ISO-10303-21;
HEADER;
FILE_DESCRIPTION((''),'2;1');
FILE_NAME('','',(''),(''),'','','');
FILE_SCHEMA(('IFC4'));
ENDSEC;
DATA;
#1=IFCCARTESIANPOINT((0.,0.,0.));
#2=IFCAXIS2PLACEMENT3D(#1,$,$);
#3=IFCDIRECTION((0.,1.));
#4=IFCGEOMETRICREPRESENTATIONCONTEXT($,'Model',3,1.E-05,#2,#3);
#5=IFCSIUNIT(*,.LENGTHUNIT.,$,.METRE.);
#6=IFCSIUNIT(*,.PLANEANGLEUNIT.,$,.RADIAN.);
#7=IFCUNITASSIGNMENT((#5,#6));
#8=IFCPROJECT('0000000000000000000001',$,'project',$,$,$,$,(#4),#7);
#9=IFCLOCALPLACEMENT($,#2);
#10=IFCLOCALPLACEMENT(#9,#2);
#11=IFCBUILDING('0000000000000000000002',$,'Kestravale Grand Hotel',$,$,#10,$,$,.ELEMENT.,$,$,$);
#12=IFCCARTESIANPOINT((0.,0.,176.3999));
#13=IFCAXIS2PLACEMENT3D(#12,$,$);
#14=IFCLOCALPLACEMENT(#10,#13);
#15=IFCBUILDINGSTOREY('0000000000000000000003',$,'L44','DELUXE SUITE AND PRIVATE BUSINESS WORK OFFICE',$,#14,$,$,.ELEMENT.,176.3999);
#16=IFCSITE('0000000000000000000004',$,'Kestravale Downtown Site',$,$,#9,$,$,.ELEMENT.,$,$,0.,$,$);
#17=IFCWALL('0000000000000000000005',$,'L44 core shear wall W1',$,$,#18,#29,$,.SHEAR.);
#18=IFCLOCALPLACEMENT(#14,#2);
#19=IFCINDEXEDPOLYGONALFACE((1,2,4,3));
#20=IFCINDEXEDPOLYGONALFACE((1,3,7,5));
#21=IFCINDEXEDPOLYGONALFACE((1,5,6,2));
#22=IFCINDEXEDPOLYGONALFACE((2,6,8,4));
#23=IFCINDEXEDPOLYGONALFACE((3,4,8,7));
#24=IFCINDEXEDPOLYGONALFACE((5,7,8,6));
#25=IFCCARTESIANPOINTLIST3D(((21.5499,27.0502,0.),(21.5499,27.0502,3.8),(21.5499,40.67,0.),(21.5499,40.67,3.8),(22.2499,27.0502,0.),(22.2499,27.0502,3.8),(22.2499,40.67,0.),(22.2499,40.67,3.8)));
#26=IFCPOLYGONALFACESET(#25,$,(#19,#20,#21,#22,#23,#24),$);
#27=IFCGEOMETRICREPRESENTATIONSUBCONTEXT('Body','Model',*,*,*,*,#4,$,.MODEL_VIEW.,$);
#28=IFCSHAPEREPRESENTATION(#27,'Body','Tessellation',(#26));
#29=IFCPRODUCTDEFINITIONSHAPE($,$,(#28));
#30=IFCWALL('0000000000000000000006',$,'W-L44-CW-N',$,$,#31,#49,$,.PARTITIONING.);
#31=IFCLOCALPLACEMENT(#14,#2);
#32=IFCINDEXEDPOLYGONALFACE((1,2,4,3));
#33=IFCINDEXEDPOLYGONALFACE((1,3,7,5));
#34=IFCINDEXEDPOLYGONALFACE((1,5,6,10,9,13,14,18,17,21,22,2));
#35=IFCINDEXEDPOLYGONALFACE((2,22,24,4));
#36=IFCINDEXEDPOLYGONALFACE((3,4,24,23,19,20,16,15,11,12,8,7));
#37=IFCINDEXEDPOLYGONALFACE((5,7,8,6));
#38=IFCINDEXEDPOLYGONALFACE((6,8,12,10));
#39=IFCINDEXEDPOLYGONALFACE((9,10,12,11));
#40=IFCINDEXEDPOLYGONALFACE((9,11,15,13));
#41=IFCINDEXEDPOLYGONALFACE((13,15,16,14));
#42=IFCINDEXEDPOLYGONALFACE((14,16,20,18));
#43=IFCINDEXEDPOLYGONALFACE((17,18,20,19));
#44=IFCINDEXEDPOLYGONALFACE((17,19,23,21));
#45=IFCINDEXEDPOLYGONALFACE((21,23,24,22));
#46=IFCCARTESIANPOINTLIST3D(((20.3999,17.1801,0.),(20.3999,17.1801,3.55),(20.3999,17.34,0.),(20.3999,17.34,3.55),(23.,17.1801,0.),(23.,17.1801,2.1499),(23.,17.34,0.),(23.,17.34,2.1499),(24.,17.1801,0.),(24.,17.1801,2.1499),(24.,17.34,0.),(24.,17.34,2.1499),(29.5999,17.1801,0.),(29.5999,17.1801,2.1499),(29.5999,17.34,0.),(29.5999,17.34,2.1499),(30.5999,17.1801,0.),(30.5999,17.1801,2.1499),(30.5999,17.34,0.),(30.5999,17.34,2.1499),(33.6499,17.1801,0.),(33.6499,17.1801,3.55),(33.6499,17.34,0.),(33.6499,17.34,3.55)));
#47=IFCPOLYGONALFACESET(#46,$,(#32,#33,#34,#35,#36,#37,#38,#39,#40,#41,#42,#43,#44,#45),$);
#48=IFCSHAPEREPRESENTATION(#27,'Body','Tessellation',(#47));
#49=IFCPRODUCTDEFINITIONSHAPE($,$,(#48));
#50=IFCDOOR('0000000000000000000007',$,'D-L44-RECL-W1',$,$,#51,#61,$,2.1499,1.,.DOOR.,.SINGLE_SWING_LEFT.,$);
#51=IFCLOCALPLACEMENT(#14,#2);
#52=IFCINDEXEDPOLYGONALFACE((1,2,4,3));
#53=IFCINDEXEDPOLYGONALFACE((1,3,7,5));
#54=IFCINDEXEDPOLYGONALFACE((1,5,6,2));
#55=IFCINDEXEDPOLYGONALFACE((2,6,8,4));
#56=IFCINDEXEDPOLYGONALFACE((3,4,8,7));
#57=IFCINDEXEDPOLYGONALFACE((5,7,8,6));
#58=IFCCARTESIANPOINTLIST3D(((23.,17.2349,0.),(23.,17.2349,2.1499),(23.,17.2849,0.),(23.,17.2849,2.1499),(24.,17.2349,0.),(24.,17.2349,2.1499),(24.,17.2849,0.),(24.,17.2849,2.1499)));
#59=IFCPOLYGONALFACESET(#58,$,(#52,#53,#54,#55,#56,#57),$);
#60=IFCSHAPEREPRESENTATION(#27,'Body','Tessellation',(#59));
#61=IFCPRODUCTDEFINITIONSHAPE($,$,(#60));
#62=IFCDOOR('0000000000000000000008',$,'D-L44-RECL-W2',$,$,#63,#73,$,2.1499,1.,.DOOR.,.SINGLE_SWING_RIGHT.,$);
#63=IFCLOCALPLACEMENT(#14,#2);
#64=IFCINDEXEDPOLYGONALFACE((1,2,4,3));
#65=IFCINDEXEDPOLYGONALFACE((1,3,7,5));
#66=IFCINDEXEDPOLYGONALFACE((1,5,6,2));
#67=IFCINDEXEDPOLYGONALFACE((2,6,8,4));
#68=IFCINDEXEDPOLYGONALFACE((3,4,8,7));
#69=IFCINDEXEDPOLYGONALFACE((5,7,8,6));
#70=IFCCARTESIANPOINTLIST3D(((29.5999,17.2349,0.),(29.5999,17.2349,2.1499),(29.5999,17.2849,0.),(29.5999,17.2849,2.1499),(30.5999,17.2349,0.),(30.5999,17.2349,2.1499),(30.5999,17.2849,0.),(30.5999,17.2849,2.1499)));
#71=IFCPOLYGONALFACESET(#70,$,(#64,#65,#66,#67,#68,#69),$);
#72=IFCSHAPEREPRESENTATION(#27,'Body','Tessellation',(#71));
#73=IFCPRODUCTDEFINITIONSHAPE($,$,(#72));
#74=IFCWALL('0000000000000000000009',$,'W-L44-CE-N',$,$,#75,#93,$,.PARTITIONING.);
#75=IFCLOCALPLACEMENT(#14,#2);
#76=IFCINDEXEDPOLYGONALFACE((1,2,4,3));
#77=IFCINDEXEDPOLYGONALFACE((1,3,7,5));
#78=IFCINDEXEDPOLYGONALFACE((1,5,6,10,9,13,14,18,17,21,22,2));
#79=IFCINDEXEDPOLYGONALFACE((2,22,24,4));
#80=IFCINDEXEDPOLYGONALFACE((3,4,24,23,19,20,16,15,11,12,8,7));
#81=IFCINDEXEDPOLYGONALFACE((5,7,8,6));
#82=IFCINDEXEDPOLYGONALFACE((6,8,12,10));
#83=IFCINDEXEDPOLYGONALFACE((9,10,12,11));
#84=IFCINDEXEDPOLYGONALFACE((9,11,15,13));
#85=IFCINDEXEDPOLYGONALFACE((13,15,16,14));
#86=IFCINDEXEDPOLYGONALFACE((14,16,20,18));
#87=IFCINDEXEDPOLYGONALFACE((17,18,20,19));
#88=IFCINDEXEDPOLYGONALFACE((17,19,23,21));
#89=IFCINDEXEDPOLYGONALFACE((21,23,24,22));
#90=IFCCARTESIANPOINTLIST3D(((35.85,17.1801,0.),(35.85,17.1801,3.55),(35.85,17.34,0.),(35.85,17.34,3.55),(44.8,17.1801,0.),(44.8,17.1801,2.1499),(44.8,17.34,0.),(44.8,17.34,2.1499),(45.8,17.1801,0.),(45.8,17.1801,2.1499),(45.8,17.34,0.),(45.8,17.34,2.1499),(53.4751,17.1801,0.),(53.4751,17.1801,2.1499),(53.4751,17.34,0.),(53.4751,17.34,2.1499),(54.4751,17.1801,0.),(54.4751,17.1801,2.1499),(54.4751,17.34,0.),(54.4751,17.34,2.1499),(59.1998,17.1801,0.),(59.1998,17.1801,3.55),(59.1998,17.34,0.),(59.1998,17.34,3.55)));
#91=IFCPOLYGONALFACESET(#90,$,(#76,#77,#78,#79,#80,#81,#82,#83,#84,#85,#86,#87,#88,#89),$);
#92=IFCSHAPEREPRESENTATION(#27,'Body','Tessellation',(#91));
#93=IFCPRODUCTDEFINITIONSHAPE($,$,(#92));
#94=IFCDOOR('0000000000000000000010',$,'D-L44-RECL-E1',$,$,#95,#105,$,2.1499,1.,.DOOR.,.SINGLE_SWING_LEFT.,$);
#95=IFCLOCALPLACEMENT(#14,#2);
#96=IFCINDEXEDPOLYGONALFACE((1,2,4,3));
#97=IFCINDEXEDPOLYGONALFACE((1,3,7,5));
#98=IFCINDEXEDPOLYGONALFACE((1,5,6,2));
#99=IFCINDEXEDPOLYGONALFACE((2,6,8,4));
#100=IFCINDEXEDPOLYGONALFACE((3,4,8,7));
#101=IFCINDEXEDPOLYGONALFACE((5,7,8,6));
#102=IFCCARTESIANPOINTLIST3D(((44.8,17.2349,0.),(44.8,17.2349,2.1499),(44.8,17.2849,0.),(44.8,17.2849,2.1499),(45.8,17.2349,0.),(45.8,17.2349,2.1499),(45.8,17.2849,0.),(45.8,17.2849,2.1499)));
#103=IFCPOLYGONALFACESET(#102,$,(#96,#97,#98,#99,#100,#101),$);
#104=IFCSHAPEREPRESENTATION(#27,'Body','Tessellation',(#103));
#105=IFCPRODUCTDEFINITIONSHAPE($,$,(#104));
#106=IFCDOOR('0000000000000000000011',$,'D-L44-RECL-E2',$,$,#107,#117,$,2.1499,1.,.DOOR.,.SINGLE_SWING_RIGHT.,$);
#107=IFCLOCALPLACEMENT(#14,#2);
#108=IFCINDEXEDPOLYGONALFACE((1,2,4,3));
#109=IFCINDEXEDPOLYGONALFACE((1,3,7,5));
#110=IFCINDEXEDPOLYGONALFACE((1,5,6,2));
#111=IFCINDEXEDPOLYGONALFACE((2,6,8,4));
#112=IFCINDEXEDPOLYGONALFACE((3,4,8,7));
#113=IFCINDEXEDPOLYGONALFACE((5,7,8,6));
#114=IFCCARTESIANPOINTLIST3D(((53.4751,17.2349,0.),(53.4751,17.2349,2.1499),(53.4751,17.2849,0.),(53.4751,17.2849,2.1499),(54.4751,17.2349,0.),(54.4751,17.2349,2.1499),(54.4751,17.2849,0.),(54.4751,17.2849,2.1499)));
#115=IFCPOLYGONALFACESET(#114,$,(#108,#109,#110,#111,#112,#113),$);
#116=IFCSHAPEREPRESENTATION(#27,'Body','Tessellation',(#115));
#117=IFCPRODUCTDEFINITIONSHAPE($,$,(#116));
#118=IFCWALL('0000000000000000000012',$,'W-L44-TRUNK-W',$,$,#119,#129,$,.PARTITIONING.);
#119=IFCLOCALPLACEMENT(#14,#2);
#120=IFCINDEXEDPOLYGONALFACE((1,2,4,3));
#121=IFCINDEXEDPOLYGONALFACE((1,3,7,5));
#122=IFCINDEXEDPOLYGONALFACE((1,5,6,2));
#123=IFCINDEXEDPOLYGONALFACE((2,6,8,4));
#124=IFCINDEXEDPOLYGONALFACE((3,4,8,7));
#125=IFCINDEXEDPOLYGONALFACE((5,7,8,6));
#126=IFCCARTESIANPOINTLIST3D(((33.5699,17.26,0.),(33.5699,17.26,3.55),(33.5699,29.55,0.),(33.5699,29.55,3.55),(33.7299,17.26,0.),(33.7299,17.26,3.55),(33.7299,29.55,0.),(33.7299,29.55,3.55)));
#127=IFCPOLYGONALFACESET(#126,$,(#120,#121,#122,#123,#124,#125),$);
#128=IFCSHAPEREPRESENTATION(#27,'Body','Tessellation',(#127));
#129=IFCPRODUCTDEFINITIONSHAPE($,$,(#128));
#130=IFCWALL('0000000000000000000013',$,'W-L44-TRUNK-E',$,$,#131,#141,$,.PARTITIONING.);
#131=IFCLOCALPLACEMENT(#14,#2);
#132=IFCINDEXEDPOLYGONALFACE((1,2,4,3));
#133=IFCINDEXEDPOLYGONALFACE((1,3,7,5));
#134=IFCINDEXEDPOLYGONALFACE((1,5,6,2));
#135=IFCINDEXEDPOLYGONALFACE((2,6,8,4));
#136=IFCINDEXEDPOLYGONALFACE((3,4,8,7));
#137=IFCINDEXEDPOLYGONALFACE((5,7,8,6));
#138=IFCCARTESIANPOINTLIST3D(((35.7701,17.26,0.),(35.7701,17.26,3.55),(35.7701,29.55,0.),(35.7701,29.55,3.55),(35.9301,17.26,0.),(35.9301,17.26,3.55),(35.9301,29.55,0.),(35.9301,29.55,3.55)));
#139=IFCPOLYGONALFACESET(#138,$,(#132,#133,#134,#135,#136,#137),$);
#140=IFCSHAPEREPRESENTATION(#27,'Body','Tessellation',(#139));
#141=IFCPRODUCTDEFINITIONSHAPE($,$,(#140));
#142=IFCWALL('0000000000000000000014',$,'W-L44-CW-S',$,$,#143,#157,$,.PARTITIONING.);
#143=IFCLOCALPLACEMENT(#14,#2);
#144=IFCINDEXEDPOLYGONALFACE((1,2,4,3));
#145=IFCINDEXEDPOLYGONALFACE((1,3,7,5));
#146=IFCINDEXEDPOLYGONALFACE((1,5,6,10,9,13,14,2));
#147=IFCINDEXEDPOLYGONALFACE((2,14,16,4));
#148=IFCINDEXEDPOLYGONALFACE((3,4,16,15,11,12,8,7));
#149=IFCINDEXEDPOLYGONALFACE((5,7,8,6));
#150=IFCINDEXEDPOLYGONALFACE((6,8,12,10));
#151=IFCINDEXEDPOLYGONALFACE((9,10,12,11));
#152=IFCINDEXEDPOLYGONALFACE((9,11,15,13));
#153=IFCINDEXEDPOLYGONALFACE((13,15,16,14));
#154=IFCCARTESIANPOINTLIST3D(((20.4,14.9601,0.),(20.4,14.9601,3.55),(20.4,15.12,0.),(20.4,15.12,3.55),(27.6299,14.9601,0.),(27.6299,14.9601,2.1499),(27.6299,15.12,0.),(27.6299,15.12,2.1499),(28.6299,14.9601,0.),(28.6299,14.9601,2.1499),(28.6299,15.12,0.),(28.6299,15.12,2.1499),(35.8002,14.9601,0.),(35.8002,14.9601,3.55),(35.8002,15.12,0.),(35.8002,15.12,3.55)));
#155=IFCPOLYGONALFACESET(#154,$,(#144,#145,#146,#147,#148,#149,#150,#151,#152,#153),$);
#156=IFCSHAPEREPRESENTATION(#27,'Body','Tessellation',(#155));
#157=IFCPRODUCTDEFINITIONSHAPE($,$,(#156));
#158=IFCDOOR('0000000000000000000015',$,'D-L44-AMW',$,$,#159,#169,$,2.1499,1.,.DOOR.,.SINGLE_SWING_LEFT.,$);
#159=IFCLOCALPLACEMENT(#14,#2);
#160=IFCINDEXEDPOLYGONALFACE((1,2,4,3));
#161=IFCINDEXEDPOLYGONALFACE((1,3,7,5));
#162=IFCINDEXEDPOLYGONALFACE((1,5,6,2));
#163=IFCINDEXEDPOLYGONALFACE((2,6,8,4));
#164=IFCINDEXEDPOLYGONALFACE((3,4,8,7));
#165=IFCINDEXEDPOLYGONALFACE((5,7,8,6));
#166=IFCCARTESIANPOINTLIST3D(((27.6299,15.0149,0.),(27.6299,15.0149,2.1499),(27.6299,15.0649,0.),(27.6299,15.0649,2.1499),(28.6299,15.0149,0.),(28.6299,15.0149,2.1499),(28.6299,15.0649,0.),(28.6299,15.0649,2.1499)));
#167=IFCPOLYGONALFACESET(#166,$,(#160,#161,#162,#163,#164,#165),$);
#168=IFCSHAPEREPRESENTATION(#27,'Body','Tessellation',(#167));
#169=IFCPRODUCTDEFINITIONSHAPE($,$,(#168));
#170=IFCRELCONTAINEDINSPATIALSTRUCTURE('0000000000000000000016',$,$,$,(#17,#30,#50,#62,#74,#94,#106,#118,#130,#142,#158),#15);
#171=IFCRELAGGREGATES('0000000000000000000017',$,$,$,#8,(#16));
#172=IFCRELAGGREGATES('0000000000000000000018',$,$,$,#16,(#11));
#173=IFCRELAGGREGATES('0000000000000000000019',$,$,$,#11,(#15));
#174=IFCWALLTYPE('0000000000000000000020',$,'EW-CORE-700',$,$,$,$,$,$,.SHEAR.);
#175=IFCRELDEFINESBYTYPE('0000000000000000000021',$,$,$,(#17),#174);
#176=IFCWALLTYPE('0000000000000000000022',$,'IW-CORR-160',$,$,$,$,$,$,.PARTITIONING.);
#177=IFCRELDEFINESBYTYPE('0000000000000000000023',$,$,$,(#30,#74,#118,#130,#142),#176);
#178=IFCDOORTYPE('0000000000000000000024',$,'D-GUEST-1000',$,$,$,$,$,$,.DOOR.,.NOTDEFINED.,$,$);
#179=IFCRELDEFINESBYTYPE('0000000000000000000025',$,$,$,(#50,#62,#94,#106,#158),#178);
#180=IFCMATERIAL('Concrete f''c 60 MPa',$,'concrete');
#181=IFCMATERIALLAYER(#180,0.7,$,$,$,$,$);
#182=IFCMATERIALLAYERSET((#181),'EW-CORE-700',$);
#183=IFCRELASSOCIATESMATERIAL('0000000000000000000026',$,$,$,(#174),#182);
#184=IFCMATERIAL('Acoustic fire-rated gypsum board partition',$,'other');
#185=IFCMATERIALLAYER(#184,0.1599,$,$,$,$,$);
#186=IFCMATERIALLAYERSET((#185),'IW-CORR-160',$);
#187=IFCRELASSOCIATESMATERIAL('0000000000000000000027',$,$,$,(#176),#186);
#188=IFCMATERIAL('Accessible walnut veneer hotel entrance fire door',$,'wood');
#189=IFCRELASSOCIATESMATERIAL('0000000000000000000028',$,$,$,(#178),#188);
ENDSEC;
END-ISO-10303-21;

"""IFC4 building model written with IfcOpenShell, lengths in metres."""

from ifc_helpers import new_model, si_unit, direction, frame, frame_2d, origin, place, context, subcontext, project, spatial, rectangle, extrude, material, layer, layer_set, type_object, element, fill, save


model = new_model("IFC4")

# Units and contexts
model_context = context("Model", 3, precision=1e-05, world=origin(), true_north=direction((0.0, 1.0)))
body_context = subcontext(model_context, "Body", "Model", "MODEL_VIEW")
ifc_project = project(units=[si_unit("LENGTHUNIT", "METRE"), si_unit("PLANEANGLEUNIT", "RADIAN")], contexts=[model_context])

# Site, building, storey
site_placement = place(None, origin())
site = spatial("IfcSite", under=ifc_project, at=site_placement, Name="Kestravale Downtown Site", CompositionType="ELEMENT", RefElevation=0.0)
building_placement = place(site_placement, origin())
building = spatial("IfcBuilding", under=site, at=building_placement, Name="Kestravale Grand Hotel", CompositionType="ELEMENT")
storey_placement = place(building_placement, frame((0.0, 0.0, 176.3999)))
storey = spatial("IfcBuildingStorey", under=building, at=storey_placement, Name="L44", Description="DELUXE SUITE AND PRIVATE BUSINESS WORK OFFICE", CompositionType="ELEMENT", Elevation=176.3999)

# Wall
ifc_material_1 = material(Name="Concrete f'c 60 MPa", Category="concrete")
ifc_layer_1 = layer(ifc_material_1, 0.7)
ifc_layer_set_1 = layer_set([ifc_layer_1], Name="EW-CORE-700")
wall_type_1 = type_object("IfcWallType", Name="EW-CORE-700", PredefinedType="SHEAR", material=ifc_layer_set_1)
wall_1_placement = place(storey_placement, frame((21.8999, 27.05, 0.0), z_axis=(0.0, 0.0, 1.0), x_axis=(0.0, 1.0, 0.0)))
element("IfcWall", 1, at=wall_1_placement, inside=storey, type_object=wall_type_1, Name="L44 core shear wall W1", PredefinedType="SHEAR", context=body_context, shape_type="SweptSolid", body=[
    extrude(rectangle(XDim=13.6199, YDim=0.7, at=frame_2d((6.8101, 0.0))), origin(), (0.0, 0.0, 1.0), 3.8),
])

# Walls, openings, doors
ifc_material_2 = material(Name="Acoustic fire-rated gypsum board partition", Category="other")
ifc_layer_2 = layer(ifc_material_2, 0.1599)
ifc_layer_set_2 = layer_set([ifc_layer_2], Name="IW-CORR-160")
wall_type_2 = type_object("IfcWallType", Name="IW-CORR-160", PredefinedType="PARTITIONING", material=ifc_layer_set_2)
wall_2_placement = place(storey_placement, frame((20.3999, 17.26, 0.0), z_axis=(0.0, 0.0, 1.0), x_axis=(1.0, 0.0, 0.0)))
wall_2 = element("IfcWall", 2, at=wall_2_placement, inside=storey, type_object=wall_type_2, Name="W-L44-CW-N", PredefinedType="PARTITIONING", context=body_context, shape_type="SweptSolid", body=[
    extrude(rectangle(XDim=13.25, YDim=0.1599, at=frame_2d((6.625, 0.0))), origin(), (0.0, 0.0, 1.0), 3.55),
])
opening_1_placement = place(wall_2_placement, frame((2.6001, 0.0, 0.0)))
opening_1 = element("IfcOpeningElement", 3, at=opening_1_placement, cuts=wall_2, PredefinedType="OPENING", context=body_context, shape_type="SweptSolid", body=[
    extrude(rectangle(XDim=1.0, YDim=2.1499, at=frame_2d((0.5, 1.075))), frame((0.0, 0.0898, 0.0), z_axis=(0.0, -1.0, 0.0), x_axis=(1.0, 0.0, 0.0)), (0.0, 0.0, 1.0), 0.1799),
])
opening_2_placement = place(wall_2_placement, frame((9.2, 0.0, 0.0)))
opening_2 = element("IfcOpeningElement", 4, at=opening_2_placement, cuts=wall_2, PredefinedType="OPENING", context=body_context, shape_type="SweptSolid", body=[
    extrude(rectangle(XDim=1.0, YDim=2.1499, at=frame_2d((0.5, 1.075))), frame((0.0, 0.0898, 0.0), z_axis=(0.0, -1.0, 0.0), x_axis=(1.0, 0.0, 0.0)), (0.0, 0.0, 1.0), 0.1799),
])
ifc_material_3 = material(Name="Accessible walnut veneer hotel entrance fire door", Category="wood")
door_type_1 = type_object("IfcDoorType", Name="D-GUEST-1000", OperationType="NOTDEFINED", PredefinedType="DOOR", material=ifc_material_3)
door_1_placement = place(opening_1_placement, origin())
door_1 = element("IfcDoor", 5, at=door_1_placement, inside=storey, type_object=door_type_1, Name="D-L44-RECL-W1", OperationType="SINGLE_SWING_LEFT", OverallHeight=2.1499, OverallWidth=1.0, PredefinedType="DOOR", context=body_context, shape_type="SweptSolid", body=[
    extrude(rectangle(XDim=1.0, YDim=2.1499, at=frame_2d((0.5, 1.075))), frame((0.0, 0.0249, 0.0), z_axis=(0.0, -1.0, 0.0), x_axis=(1.0, 0.0, 0.0)), (0.0, 0.0, 1.0), 0.05),
])
fill(opening_1, door_1)
door_2_placement = place(opening_2_placement, origin())
door_2 = element("IfcDoor", 6, at=door_2_placement, inside=storey, type_object=door_type_1, Name="D-L44-RECL-W2", OperationType="SINGLE_SWING_RIGHT", OverallHeight=2.1499, OverallWidth=1.0, PredefinedType="DOOR", context=body_context, shape_type="SweptSolid", body=[
    extrude(rectangle(XDim=1.0, YDim=2.1499, at=frame_2d((0.5, 1.075))), frame((0.0, 0.0249, 0.0), z_axis=(0.0, -1.0, 0.0), x_axis=(1.0, 0.0, 0.0)), (0.0, 0.0, 1.0), 0.05),
])
fill(opening_2, door_2)
wall_3_placement = place(storey_placement, frame((35.8501, 17.26, 0.0), z_axis=(0.0, 0.0, 1.0), x_axis=(1.0, 0.0, 0.0)))
wall_3 = element("IfcWall", 7, at=wall_3_placement, inside=storey, type_object=wall_type_2, Name="W-L44-CE-N", PredefinedType="PARTITIONING", context=body_context, shape_type="SweptSolid", body=[
    extrude(rectangle(XDim=23.3499, YDim=0.1599, at=frame_2d((11.6748, 0.0))), origin(), (0.0, 0.0, 1.0), 3.55),
])
opening_3_placement = place(wall_3_placement, frame((8.95, 0.0, 0.0)))
opening_3 = element("IfcOpeningElement", 8, at=opening_3_placement, cuts=wall_3, PredefinedType="OPENING", context=body_context, shape_type="SweptSolid", body=[
    extrude(rectangle(XDim=1.0, YDim=2.1499, at=frame_2d((0.5, 1.075))), frame((0.0, 0.0898, 0.0), z_axis=(0.0, -1.0, 0.0), x_axis=(1.0, 0.0, 0.0)), (0.0, 0.0, 1.0), 0.1799),
])
opening_4_placement = place(wall_3_placement, frame((17.625, 0.0, 0.0)))
opening_4 = element("IfcOpeningElement", 9, at=opening_4_placement, cuts=wall_3, PredefinedType="OPENING", context=body_context, shape_type="SweptSolid", body=[
    extrude(rectangle(XDim=1.0, YDim=2.1499, at=frame_2d((0.5, 1.075))), frame((0.0, 0.0898, 0.0), z_axis=(0.0, -1.0, 0.0), x_axis=(1.0, 0.0, 0.0)), (0.0, 0.0, 1.0), 0.1799),
])
door_3_placement = place(opening_3_placement, origin())
door_3 = element("IfcDoor", 10, at=door_3_placement, inside=storey, type_object=door_type_1, Name="D-L44-RECL-E1", OperationType="SINGLE_SWING_LEFT", OverallHeight=2.1499, OverallWidth=1.0, PredefinedType="DOOR", context=body_context, shape_type="SweptSolid", body=[
    extrude(rectangle(XDim=1.0, YDim=2.1499, at=frame_2d((0.5, 1.075))), frame((0.0, 0.0249, 0.0), z_axis=(0.0, -1.0, 0.0), x_axis=(1.0, 0.0, 0.0)), (0.0, 0.0, 1.0), 0.05),
])
fill(opening_3, door_3)
door_4_placement = place(opening_4_placement, origin())
door_4 = element("IfcDoor", 11, at=door_4_placement, inside=storey, type_object=door_type_1, Name="D-L44-RECL-E2", OperationType="SINGLE_SWING_RIGHT", OverallHeight=2.1499, OverallWidth=1.0, PredefinedType="DOOR", context=body_context, shape_type="SweptSolid", body=[
    extrude(rectangle(XDim=1.0, YDim=2.1499, at=frame_2d((0.5, 1.075))), frame((0.0, 0.0249, 0.0), z_axis=(0.0, -1.0, 0.0), x_axis=(1.0, 0.0, 0.0)), (0.0, 0.0, 1.0), 0.05),
])
fill(opening_4, door_4)

# Walls
for number, where, z_axis, x_axis, name in (
    (12, (33.6499, 17.26, 0.0), (0.0, 0.0, 1.0), (0.0, 1.0, 0.0), "W-L44-TRUNK-W"),
    (13, (35.8501, 17.26, 0.0), (0.0, 0.0, 1.0), (0.0, 1.0, 0.0), "W-L44-TRUNK-E"),
):
    element("IfcWall", number, at=place(storey_placement, frame(where, z_axis=z_axis, x_axis=x_axis)), inside=storey, type_object=wall_type_2, Name=name, PredefinedType="PARTITIONING", context=body_context, shape_type="SweptSolid", body=[
        extrude(rectangle(XDim=12.29, YDim=0.1599, at=frame_2d((6.145, 0.0))), origin(), (0.0, 0.0, 1.0), 3.55),
    ])

# Wall, opening, door
wall_4_placement = place(storey_placement, frame((20.3999, 15.04, 0.0), z_axis=(0.0, 0.0, 1.0), x_axis=(1.0, 0.0, 0.0)))
wall_4 = element("IfcWall", 14, at=wall_4_placement, inside=storey, type_object=wall_type_2, Name="W-L44-CW-S", PredefinedType="PARTITIONING", context=body_context, shape_type="SweptSolid", body=[
    extrude(rectangle(XDim=15.4001, YDim=0.1599, at=frame_2d((7.7002, 0.0))), origin(), (0.0, 0.0, 1.0), 3.55),
])
opening_5_placement = place(wall_4_placement, frame((7.23, 0.0, 0.0)))
opening_5 = element("IfcOpeningElement", 15, at=opening_5_placement, cuts=wall_4, PredefinedType="OPENING", context=body_context, shape_type="SweptSolid", body=[
    extrude(rectangle(XDim=1.0, YDim=2.1499, at=frame_2d((0.5, 1.075))), frame((0.0, 0.0898, 0.0), z_axis=(0.0, -1.0, 0.0), x_axis=(1.0, 0.0, 0.0)), (0.0, 0.0, 1.0), 0.1799),
])
door_5_placement = place(opening_5_placement, origin())
door_5 = element("IfcDoor", 16, at=door_5_placement, inside=storey, type_object=door_type_1, Name="D-L44-AMW", OperationType="SINGLE_SWING_LEFT", OverallHeight=2.1499, OverallWidth=1.0, PredefinedType="DOOR", context=body_context, shape_type="SweptSolid", body=[
    extrude(rectangle(XDim=1.0, YDim=2.1499, at=frame_2d((0.5, 1.075))), frame((0.0, 0.0249, 0.0), z_axis=(0.0, -1.0, 0.0), x_axis=(1.0, 0.0, 0.0)), (0.0, 0.0, 1.0), 0.05),
])
fill(opening_5, door_5)

save(model, "model.ifc")
